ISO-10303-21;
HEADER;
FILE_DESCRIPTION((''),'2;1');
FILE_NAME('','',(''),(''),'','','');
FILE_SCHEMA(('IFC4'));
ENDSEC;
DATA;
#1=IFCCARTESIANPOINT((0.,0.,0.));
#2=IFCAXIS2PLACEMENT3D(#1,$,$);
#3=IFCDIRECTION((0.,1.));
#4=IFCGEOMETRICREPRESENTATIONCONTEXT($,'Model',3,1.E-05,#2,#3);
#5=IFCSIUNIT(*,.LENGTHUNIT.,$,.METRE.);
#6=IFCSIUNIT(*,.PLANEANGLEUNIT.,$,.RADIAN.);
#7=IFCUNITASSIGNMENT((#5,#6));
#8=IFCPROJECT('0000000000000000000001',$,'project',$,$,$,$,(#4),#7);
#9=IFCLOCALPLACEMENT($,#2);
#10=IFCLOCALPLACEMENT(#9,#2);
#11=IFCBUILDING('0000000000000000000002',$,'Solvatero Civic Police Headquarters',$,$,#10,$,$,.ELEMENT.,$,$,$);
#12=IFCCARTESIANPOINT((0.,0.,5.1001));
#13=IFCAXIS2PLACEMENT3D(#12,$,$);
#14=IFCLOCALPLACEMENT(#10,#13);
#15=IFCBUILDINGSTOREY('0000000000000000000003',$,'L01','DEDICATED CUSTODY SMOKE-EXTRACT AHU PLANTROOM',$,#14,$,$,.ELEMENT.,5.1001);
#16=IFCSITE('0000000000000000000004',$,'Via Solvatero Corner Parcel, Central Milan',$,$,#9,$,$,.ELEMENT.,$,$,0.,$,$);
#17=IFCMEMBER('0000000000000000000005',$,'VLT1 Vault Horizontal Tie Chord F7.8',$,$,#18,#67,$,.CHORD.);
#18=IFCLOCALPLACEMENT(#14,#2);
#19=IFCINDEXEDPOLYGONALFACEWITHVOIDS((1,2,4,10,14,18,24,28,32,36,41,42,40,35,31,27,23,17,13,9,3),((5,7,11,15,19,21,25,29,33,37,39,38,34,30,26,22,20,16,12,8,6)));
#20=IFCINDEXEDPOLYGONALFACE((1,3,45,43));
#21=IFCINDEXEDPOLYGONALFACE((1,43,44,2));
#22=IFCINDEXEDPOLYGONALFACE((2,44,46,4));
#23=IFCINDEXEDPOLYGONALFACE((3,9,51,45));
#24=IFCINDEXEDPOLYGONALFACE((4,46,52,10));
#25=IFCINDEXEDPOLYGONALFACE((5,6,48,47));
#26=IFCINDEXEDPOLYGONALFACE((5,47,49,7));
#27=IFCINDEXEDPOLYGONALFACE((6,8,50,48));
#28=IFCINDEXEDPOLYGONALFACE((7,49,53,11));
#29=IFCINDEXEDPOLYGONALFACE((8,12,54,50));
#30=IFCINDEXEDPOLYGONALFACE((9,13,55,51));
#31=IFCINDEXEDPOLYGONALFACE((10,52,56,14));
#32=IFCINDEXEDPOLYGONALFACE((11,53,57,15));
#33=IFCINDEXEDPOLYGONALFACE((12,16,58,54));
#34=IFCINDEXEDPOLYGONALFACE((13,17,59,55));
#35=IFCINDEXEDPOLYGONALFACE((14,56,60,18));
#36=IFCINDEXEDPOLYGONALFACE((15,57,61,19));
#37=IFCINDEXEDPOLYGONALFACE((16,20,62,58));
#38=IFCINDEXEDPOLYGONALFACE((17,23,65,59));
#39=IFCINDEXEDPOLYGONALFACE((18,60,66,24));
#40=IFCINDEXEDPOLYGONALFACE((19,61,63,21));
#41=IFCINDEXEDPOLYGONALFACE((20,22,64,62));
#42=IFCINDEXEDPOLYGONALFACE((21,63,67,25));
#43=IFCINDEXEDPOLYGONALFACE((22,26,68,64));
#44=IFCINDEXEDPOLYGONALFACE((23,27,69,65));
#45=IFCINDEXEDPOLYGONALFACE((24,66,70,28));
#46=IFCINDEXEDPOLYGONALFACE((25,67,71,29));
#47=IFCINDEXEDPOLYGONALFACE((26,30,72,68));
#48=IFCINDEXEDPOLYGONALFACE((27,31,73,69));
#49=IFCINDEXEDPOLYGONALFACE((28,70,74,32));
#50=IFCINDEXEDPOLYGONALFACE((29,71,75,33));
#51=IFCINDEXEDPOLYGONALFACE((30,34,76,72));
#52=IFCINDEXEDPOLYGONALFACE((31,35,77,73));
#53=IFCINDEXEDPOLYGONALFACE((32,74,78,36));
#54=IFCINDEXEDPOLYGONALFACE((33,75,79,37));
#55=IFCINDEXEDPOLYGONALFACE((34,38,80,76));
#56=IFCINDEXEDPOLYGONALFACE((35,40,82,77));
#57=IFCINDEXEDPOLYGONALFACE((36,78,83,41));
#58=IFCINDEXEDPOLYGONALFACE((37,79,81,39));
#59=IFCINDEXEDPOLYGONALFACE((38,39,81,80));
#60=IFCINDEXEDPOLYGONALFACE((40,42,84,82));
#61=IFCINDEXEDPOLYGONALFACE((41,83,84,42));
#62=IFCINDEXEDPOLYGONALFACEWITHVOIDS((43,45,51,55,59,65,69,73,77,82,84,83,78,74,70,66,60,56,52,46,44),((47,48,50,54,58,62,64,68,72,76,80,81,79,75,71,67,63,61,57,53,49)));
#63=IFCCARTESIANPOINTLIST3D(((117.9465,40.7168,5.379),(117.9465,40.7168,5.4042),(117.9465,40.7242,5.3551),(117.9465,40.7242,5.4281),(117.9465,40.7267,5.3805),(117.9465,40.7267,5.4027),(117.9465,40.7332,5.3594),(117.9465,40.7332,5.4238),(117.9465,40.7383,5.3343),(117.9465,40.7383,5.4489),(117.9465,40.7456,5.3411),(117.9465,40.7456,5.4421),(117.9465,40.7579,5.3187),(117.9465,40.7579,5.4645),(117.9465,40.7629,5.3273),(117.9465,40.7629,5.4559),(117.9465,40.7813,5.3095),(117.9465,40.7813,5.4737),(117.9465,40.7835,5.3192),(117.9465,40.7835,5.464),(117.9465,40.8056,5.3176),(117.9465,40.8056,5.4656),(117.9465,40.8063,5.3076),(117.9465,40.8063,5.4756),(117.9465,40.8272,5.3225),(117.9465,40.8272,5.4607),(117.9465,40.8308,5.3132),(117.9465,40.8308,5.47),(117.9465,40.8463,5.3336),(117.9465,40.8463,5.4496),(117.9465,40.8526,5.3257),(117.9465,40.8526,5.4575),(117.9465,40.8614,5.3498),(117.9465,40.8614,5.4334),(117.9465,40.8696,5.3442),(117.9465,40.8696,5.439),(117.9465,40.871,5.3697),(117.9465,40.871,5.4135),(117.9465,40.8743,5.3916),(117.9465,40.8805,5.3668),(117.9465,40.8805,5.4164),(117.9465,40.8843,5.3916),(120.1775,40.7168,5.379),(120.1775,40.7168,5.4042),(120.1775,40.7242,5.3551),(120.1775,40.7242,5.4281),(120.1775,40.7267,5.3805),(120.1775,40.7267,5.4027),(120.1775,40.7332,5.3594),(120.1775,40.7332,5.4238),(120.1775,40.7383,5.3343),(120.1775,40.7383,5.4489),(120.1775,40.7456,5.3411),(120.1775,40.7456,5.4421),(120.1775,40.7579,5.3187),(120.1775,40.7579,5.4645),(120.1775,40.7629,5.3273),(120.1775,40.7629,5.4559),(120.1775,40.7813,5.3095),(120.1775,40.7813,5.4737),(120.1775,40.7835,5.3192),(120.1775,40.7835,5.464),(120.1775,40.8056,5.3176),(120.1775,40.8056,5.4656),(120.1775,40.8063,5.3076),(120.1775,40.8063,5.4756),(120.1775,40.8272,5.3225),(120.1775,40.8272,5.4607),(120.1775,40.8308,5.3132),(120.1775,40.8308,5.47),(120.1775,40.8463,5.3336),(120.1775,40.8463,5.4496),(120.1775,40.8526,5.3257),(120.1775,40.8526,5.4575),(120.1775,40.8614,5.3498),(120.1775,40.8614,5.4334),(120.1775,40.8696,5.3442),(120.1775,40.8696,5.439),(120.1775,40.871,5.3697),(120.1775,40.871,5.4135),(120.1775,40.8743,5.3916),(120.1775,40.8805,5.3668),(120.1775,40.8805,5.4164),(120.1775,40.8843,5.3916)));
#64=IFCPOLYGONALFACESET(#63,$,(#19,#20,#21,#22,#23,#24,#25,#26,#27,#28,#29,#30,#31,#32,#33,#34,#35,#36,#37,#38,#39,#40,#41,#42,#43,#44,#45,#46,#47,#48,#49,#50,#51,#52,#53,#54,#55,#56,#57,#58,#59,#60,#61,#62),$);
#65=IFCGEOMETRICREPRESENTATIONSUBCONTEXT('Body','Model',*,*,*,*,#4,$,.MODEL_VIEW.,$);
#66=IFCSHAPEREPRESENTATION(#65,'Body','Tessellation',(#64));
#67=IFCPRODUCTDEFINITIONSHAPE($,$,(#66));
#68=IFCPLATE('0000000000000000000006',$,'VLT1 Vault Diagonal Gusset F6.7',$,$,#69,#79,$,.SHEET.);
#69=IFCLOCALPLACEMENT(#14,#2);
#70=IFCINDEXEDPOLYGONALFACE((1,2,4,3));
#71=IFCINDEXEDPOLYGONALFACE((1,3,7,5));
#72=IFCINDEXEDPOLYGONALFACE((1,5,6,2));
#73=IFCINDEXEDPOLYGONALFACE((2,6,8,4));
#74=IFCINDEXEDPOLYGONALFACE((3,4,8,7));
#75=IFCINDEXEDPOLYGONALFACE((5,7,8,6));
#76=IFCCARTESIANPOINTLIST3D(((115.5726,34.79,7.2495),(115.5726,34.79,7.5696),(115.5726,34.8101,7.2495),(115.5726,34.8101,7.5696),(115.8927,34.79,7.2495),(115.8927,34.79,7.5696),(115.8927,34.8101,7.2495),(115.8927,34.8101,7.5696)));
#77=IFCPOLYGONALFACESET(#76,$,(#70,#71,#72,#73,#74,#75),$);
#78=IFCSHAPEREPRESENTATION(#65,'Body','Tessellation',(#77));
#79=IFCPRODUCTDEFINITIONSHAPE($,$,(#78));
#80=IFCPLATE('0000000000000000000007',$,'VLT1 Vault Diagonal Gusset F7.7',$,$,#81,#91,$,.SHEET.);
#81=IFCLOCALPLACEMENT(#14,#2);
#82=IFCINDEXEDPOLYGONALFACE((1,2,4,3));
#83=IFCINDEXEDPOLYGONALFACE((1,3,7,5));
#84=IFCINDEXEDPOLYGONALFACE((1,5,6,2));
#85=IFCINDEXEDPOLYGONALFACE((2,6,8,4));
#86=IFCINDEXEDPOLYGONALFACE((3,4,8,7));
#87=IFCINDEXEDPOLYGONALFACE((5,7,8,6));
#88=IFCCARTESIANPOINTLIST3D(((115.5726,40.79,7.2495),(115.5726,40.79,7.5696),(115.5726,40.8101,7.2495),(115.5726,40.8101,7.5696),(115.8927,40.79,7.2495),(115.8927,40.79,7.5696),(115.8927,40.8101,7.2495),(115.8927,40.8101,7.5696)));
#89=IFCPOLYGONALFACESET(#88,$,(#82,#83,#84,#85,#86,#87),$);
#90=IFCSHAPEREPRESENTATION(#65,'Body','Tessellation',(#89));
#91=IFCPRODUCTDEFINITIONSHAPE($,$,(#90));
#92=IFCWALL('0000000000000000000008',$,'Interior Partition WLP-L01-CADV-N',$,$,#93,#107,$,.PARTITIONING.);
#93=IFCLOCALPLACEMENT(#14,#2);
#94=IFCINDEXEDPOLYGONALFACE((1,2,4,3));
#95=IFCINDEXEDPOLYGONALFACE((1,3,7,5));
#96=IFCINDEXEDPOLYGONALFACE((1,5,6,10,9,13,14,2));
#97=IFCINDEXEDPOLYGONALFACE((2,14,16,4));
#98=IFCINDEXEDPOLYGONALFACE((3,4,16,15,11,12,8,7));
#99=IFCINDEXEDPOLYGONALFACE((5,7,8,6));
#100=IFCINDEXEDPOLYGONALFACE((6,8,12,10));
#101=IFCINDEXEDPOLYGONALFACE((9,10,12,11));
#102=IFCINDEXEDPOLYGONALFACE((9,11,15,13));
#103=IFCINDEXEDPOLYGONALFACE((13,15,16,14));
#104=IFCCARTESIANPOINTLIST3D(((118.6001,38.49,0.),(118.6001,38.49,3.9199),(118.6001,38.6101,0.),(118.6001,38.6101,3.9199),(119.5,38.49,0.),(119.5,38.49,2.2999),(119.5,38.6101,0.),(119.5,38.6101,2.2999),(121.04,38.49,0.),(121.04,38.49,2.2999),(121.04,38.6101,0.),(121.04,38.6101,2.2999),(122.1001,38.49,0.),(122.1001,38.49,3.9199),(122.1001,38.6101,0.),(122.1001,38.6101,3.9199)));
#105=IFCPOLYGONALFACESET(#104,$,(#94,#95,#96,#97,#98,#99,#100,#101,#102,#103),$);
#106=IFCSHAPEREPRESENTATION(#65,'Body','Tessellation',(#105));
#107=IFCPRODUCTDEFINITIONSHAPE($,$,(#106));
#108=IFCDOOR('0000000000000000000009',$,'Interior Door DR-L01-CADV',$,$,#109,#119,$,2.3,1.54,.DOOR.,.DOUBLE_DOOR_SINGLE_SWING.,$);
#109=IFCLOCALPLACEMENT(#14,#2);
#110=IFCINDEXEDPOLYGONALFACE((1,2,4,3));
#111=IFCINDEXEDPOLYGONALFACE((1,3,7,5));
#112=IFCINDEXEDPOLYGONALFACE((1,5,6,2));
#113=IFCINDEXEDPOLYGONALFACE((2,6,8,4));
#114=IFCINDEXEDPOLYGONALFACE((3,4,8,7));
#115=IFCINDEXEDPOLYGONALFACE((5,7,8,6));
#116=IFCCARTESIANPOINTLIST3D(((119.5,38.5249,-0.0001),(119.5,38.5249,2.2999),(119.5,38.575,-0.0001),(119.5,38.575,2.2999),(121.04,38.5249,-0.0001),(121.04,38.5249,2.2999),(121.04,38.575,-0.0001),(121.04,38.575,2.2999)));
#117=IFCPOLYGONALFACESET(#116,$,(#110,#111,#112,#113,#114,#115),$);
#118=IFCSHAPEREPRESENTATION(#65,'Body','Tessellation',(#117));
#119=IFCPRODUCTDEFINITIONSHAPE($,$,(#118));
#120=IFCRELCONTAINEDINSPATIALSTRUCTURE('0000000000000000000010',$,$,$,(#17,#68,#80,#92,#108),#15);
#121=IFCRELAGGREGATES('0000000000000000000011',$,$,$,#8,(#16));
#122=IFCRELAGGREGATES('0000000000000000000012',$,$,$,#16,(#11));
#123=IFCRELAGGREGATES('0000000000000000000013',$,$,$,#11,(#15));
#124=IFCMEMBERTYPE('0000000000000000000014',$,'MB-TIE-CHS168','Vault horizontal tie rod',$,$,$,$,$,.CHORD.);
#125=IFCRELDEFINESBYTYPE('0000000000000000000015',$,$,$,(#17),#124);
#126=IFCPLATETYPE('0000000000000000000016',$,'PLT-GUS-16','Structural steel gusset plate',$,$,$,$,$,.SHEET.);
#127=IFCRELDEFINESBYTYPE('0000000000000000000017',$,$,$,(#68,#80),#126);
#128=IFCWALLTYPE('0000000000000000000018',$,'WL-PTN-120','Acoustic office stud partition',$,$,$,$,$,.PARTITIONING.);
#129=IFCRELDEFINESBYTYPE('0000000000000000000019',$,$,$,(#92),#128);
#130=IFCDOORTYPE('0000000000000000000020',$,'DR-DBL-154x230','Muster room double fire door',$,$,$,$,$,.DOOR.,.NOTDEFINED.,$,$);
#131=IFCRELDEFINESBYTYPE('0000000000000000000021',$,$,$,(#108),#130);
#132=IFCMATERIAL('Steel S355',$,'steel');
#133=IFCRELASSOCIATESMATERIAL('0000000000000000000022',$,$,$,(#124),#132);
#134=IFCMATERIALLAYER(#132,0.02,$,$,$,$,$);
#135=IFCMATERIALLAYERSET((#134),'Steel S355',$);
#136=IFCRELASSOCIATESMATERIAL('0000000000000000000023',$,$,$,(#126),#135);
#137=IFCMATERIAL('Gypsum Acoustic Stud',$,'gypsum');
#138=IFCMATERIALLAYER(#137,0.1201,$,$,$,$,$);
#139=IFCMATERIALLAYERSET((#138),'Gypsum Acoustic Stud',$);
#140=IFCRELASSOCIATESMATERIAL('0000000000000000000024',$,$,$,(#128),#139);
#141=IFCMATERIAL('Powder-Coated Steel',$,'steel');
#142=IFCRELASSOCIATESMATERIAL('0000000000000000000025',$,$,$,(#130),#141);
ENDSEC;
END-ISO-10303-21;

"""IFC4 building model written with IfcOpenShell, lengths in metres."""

from ifc_helpers import new_model, si_unit, direction, frame, frame_2d, origin, origin_2d, place, context, subcontext, project, spatial, rectangle, hollow_circle, extrude, material, layer, layer_set, material_profile, profile_set, type_object, element, fill, save


model = new_model("IFC4")

# Units and contexts
model_context = context("Model", 3, precision=1e-05, world=origin(), true_north=direction((0.0, 1.0)))
body_context = subcontext(model_context, "Body", "Model", "MODEL_VIEW")
ifc_project = project(units=[si_unit("LENGTHUNIT", "METRE"), si_unit("PLANEANGLEUNIT", "RADIAN")], contexts=[model_context])

# Site, building, storey
site_placement = place(None, origin())
site = spatial("IfcSite", under=ifc_project, at=site_placement, Name="Via Solvatero Corner Parcel, Central Milan", CompositionType="ELEMENT", RefElevation=0.0)
building_placement = place(site_placement, origin())
building = spatial("IfcBuilding", under=site, at=building_placement, Name="Solvatero Civic Police Headquarters", CompositionType="ELEMENT")
storey_placement = place(building_placement, frame((0.0, 0.0, 5.1001)))
storey = spatial("IfcBuildingStorey", under=building, at=storey_placement, Name="L01", Description="DEDICATED CUSTODY SMOKE-EXTRACT AHU PLANTROOM", CompositionType="ELEMENT", Elevation=5.1001)

# Shared definitions
ifc_material_1 = material(Name="Steel S355", Category="steel")

# Member
ifc_material_profile_1 = material_profile(ifc_material_1, hollow_circle(Radius=0.0842, WallThickness=0.01, at=origin_2d()), Name="CHS 168.3x10.0")
ifc_profile_set_1 = profile_set([ifc_material_profile_1], Name="Steel S355")
member_type_1 = type_object("IfcMemberType", Name="MB-TIE-CHS168", Description="Vault horizontal tie rod", PredefinedType="CHORD", material=ifc_profile_set_1)
member_1_placement = place(storey_placement, frame((117.9465, 40.8, 5.3916), z_axis=(1.0, 0.0, 0.0), x_axis=(0.0, 1.0, 0.0)))
element("IfcMember", 1, at=member_1_placement, inside=storey, type_object=member_type_1, Name="VLT1 Vault Horizontal Tie Chord F7.8", PredefinedType="CHORD", context=body_context, shape_type="SweptSolid", body=[
    extrude(hollow_circle(Radius=0.0842, WallThickness=0.01, at=origin_2d()), origin(), (0.0, 0.0, 1.0), 2.231),
])

# Plates
ifc_layer_1 = layer(ifc_material_1, 0.02)
ifc_layer_set_1 = layer_set([ifc_layer_1], Name="Steel S355")
plate_type = type_object("IfcPlateType", Name="PLT-GUS-16", Description="Structural steel gusset plate", PredefinedType="SHEET", material=ifc_layer_set_1)
for number, where, z_axis, x_axis, name in (
    (2, (115.7327, 34.8, 7.2495), (0.0, 0.0, 1.0), (1.0, 0.0, 0.0), "VLT1 Vault Diagonal Gusset F6.7"),
    (3, (115.7327, 40.8, 7.2495), (0.0, 0.0, 1.0), (1.0, 0.0, 0.0), "VLT1 Vault Diagonal Gusset F7.7"),
):
    element("IfcPlate", number, at=place(storey_placement, frame(where, z_axis=z_axis, x_axis=x_axis)), inside=storey, type_object=plate_type, Name=name, PredefinedType="SHEET", context=body_context, shape_type="SweptSolid", body=[
        extrude(rectangle(XDim=0.3201, YDim=0.02, at=origin_2d()), origin(), (0.0, 0.0, 1.0), 0.3201),
    ])

# Wall, opening, door
ifc_material_2 = material(Name="Gypsum Acoustic Stud", Category="gypsum")
ifc_layer_2 = layer(ifc_material_2, 0.1201)
ifc_layer_set_2 = layer_set([ifc_layer_2], Name="Gypsum Acoustic Stud")
wall_type = type_object("IfcWallType", Name="WL-PTN-120", Description="Acoustic office stud partition", PredefinedType="PARTITIONING", material=ifc_layer_set_2)
wall_placement = place(storey_placement, frame((118.6001, 38.55, 0.0), z_axis=(0.0, 0.0, 1.0), x_axis=(1.0, 0.0, 0.0)))
wall = element("IfcWall", 4, at=wall_placement, inside=storey, type_object=wall_type, Name="Interior Partition WLP-L01-CADV-N", PredefinedType="PARTITIONING", context=body_context, shape_type="SweptSolid", body=[
    extrude(rectangle(XDim=3.5, YDim=0.1201, at=frame_2d((1.75, 0.0))), origin(), (0.0, 0.0, 1.0), 3.9199),
])
opening_placement = place(wall_placement, frame((0.8999, 0.0, 0.0)))
opening = element("IfcOpeningElement", 5, at=opening_placement, cuts=wall, PredefinedType="OPENING", context=body_context, shape_type="SweptSolid", body=[
    extrude(rectangle(XDim=1.54, YDim=2.3, at=frame_2d((0.77, 1.1499))), frame((0.0, 0.0701, 0.0), z_axis=(0.0, -1.0, 0.0), x_axis=(1.0, 0.0, 0.0)), (0.0, 0.0, 1.0), 0.1401),
])
ifc_material_3 = material(Name="Powder-Coated Steel", Category="steel")
door_type = type_object("IfcDoorType", Name="DR-DBL-154x230", Description="Muster room double fire door", OperationType="NOTDEFINED", PredefinedType="DOOR", material=ifc_material_3)
door_placement = place(opening_placement, origin())
door = element("IfcDoor", 6, at=door_placement, inside=storey, type_object=door_type, Name="Interior Door DR-L01-CADV", OperationType="DOUBLE_DOOR_SINGLE_SWING", OverallHeight=2.3, OverallWidth=1.54, PredefinedType="DOOR", context=body_context, shape_type="SweptSolid", body=[
    extrude(rectangle(XDim=1.54, YDim=2.3, at=frame_2d((0.77, 1.1499))), frame((0.0, 0.0249, 0.0), z_axis=(0.0, -1.0, 0.0), x_axis=(1.0, 0.0, 0.0)), (0.0, 0.0, 1.0), 0.05),
])
fill(opening, door)

save(model, "model.ifc")
